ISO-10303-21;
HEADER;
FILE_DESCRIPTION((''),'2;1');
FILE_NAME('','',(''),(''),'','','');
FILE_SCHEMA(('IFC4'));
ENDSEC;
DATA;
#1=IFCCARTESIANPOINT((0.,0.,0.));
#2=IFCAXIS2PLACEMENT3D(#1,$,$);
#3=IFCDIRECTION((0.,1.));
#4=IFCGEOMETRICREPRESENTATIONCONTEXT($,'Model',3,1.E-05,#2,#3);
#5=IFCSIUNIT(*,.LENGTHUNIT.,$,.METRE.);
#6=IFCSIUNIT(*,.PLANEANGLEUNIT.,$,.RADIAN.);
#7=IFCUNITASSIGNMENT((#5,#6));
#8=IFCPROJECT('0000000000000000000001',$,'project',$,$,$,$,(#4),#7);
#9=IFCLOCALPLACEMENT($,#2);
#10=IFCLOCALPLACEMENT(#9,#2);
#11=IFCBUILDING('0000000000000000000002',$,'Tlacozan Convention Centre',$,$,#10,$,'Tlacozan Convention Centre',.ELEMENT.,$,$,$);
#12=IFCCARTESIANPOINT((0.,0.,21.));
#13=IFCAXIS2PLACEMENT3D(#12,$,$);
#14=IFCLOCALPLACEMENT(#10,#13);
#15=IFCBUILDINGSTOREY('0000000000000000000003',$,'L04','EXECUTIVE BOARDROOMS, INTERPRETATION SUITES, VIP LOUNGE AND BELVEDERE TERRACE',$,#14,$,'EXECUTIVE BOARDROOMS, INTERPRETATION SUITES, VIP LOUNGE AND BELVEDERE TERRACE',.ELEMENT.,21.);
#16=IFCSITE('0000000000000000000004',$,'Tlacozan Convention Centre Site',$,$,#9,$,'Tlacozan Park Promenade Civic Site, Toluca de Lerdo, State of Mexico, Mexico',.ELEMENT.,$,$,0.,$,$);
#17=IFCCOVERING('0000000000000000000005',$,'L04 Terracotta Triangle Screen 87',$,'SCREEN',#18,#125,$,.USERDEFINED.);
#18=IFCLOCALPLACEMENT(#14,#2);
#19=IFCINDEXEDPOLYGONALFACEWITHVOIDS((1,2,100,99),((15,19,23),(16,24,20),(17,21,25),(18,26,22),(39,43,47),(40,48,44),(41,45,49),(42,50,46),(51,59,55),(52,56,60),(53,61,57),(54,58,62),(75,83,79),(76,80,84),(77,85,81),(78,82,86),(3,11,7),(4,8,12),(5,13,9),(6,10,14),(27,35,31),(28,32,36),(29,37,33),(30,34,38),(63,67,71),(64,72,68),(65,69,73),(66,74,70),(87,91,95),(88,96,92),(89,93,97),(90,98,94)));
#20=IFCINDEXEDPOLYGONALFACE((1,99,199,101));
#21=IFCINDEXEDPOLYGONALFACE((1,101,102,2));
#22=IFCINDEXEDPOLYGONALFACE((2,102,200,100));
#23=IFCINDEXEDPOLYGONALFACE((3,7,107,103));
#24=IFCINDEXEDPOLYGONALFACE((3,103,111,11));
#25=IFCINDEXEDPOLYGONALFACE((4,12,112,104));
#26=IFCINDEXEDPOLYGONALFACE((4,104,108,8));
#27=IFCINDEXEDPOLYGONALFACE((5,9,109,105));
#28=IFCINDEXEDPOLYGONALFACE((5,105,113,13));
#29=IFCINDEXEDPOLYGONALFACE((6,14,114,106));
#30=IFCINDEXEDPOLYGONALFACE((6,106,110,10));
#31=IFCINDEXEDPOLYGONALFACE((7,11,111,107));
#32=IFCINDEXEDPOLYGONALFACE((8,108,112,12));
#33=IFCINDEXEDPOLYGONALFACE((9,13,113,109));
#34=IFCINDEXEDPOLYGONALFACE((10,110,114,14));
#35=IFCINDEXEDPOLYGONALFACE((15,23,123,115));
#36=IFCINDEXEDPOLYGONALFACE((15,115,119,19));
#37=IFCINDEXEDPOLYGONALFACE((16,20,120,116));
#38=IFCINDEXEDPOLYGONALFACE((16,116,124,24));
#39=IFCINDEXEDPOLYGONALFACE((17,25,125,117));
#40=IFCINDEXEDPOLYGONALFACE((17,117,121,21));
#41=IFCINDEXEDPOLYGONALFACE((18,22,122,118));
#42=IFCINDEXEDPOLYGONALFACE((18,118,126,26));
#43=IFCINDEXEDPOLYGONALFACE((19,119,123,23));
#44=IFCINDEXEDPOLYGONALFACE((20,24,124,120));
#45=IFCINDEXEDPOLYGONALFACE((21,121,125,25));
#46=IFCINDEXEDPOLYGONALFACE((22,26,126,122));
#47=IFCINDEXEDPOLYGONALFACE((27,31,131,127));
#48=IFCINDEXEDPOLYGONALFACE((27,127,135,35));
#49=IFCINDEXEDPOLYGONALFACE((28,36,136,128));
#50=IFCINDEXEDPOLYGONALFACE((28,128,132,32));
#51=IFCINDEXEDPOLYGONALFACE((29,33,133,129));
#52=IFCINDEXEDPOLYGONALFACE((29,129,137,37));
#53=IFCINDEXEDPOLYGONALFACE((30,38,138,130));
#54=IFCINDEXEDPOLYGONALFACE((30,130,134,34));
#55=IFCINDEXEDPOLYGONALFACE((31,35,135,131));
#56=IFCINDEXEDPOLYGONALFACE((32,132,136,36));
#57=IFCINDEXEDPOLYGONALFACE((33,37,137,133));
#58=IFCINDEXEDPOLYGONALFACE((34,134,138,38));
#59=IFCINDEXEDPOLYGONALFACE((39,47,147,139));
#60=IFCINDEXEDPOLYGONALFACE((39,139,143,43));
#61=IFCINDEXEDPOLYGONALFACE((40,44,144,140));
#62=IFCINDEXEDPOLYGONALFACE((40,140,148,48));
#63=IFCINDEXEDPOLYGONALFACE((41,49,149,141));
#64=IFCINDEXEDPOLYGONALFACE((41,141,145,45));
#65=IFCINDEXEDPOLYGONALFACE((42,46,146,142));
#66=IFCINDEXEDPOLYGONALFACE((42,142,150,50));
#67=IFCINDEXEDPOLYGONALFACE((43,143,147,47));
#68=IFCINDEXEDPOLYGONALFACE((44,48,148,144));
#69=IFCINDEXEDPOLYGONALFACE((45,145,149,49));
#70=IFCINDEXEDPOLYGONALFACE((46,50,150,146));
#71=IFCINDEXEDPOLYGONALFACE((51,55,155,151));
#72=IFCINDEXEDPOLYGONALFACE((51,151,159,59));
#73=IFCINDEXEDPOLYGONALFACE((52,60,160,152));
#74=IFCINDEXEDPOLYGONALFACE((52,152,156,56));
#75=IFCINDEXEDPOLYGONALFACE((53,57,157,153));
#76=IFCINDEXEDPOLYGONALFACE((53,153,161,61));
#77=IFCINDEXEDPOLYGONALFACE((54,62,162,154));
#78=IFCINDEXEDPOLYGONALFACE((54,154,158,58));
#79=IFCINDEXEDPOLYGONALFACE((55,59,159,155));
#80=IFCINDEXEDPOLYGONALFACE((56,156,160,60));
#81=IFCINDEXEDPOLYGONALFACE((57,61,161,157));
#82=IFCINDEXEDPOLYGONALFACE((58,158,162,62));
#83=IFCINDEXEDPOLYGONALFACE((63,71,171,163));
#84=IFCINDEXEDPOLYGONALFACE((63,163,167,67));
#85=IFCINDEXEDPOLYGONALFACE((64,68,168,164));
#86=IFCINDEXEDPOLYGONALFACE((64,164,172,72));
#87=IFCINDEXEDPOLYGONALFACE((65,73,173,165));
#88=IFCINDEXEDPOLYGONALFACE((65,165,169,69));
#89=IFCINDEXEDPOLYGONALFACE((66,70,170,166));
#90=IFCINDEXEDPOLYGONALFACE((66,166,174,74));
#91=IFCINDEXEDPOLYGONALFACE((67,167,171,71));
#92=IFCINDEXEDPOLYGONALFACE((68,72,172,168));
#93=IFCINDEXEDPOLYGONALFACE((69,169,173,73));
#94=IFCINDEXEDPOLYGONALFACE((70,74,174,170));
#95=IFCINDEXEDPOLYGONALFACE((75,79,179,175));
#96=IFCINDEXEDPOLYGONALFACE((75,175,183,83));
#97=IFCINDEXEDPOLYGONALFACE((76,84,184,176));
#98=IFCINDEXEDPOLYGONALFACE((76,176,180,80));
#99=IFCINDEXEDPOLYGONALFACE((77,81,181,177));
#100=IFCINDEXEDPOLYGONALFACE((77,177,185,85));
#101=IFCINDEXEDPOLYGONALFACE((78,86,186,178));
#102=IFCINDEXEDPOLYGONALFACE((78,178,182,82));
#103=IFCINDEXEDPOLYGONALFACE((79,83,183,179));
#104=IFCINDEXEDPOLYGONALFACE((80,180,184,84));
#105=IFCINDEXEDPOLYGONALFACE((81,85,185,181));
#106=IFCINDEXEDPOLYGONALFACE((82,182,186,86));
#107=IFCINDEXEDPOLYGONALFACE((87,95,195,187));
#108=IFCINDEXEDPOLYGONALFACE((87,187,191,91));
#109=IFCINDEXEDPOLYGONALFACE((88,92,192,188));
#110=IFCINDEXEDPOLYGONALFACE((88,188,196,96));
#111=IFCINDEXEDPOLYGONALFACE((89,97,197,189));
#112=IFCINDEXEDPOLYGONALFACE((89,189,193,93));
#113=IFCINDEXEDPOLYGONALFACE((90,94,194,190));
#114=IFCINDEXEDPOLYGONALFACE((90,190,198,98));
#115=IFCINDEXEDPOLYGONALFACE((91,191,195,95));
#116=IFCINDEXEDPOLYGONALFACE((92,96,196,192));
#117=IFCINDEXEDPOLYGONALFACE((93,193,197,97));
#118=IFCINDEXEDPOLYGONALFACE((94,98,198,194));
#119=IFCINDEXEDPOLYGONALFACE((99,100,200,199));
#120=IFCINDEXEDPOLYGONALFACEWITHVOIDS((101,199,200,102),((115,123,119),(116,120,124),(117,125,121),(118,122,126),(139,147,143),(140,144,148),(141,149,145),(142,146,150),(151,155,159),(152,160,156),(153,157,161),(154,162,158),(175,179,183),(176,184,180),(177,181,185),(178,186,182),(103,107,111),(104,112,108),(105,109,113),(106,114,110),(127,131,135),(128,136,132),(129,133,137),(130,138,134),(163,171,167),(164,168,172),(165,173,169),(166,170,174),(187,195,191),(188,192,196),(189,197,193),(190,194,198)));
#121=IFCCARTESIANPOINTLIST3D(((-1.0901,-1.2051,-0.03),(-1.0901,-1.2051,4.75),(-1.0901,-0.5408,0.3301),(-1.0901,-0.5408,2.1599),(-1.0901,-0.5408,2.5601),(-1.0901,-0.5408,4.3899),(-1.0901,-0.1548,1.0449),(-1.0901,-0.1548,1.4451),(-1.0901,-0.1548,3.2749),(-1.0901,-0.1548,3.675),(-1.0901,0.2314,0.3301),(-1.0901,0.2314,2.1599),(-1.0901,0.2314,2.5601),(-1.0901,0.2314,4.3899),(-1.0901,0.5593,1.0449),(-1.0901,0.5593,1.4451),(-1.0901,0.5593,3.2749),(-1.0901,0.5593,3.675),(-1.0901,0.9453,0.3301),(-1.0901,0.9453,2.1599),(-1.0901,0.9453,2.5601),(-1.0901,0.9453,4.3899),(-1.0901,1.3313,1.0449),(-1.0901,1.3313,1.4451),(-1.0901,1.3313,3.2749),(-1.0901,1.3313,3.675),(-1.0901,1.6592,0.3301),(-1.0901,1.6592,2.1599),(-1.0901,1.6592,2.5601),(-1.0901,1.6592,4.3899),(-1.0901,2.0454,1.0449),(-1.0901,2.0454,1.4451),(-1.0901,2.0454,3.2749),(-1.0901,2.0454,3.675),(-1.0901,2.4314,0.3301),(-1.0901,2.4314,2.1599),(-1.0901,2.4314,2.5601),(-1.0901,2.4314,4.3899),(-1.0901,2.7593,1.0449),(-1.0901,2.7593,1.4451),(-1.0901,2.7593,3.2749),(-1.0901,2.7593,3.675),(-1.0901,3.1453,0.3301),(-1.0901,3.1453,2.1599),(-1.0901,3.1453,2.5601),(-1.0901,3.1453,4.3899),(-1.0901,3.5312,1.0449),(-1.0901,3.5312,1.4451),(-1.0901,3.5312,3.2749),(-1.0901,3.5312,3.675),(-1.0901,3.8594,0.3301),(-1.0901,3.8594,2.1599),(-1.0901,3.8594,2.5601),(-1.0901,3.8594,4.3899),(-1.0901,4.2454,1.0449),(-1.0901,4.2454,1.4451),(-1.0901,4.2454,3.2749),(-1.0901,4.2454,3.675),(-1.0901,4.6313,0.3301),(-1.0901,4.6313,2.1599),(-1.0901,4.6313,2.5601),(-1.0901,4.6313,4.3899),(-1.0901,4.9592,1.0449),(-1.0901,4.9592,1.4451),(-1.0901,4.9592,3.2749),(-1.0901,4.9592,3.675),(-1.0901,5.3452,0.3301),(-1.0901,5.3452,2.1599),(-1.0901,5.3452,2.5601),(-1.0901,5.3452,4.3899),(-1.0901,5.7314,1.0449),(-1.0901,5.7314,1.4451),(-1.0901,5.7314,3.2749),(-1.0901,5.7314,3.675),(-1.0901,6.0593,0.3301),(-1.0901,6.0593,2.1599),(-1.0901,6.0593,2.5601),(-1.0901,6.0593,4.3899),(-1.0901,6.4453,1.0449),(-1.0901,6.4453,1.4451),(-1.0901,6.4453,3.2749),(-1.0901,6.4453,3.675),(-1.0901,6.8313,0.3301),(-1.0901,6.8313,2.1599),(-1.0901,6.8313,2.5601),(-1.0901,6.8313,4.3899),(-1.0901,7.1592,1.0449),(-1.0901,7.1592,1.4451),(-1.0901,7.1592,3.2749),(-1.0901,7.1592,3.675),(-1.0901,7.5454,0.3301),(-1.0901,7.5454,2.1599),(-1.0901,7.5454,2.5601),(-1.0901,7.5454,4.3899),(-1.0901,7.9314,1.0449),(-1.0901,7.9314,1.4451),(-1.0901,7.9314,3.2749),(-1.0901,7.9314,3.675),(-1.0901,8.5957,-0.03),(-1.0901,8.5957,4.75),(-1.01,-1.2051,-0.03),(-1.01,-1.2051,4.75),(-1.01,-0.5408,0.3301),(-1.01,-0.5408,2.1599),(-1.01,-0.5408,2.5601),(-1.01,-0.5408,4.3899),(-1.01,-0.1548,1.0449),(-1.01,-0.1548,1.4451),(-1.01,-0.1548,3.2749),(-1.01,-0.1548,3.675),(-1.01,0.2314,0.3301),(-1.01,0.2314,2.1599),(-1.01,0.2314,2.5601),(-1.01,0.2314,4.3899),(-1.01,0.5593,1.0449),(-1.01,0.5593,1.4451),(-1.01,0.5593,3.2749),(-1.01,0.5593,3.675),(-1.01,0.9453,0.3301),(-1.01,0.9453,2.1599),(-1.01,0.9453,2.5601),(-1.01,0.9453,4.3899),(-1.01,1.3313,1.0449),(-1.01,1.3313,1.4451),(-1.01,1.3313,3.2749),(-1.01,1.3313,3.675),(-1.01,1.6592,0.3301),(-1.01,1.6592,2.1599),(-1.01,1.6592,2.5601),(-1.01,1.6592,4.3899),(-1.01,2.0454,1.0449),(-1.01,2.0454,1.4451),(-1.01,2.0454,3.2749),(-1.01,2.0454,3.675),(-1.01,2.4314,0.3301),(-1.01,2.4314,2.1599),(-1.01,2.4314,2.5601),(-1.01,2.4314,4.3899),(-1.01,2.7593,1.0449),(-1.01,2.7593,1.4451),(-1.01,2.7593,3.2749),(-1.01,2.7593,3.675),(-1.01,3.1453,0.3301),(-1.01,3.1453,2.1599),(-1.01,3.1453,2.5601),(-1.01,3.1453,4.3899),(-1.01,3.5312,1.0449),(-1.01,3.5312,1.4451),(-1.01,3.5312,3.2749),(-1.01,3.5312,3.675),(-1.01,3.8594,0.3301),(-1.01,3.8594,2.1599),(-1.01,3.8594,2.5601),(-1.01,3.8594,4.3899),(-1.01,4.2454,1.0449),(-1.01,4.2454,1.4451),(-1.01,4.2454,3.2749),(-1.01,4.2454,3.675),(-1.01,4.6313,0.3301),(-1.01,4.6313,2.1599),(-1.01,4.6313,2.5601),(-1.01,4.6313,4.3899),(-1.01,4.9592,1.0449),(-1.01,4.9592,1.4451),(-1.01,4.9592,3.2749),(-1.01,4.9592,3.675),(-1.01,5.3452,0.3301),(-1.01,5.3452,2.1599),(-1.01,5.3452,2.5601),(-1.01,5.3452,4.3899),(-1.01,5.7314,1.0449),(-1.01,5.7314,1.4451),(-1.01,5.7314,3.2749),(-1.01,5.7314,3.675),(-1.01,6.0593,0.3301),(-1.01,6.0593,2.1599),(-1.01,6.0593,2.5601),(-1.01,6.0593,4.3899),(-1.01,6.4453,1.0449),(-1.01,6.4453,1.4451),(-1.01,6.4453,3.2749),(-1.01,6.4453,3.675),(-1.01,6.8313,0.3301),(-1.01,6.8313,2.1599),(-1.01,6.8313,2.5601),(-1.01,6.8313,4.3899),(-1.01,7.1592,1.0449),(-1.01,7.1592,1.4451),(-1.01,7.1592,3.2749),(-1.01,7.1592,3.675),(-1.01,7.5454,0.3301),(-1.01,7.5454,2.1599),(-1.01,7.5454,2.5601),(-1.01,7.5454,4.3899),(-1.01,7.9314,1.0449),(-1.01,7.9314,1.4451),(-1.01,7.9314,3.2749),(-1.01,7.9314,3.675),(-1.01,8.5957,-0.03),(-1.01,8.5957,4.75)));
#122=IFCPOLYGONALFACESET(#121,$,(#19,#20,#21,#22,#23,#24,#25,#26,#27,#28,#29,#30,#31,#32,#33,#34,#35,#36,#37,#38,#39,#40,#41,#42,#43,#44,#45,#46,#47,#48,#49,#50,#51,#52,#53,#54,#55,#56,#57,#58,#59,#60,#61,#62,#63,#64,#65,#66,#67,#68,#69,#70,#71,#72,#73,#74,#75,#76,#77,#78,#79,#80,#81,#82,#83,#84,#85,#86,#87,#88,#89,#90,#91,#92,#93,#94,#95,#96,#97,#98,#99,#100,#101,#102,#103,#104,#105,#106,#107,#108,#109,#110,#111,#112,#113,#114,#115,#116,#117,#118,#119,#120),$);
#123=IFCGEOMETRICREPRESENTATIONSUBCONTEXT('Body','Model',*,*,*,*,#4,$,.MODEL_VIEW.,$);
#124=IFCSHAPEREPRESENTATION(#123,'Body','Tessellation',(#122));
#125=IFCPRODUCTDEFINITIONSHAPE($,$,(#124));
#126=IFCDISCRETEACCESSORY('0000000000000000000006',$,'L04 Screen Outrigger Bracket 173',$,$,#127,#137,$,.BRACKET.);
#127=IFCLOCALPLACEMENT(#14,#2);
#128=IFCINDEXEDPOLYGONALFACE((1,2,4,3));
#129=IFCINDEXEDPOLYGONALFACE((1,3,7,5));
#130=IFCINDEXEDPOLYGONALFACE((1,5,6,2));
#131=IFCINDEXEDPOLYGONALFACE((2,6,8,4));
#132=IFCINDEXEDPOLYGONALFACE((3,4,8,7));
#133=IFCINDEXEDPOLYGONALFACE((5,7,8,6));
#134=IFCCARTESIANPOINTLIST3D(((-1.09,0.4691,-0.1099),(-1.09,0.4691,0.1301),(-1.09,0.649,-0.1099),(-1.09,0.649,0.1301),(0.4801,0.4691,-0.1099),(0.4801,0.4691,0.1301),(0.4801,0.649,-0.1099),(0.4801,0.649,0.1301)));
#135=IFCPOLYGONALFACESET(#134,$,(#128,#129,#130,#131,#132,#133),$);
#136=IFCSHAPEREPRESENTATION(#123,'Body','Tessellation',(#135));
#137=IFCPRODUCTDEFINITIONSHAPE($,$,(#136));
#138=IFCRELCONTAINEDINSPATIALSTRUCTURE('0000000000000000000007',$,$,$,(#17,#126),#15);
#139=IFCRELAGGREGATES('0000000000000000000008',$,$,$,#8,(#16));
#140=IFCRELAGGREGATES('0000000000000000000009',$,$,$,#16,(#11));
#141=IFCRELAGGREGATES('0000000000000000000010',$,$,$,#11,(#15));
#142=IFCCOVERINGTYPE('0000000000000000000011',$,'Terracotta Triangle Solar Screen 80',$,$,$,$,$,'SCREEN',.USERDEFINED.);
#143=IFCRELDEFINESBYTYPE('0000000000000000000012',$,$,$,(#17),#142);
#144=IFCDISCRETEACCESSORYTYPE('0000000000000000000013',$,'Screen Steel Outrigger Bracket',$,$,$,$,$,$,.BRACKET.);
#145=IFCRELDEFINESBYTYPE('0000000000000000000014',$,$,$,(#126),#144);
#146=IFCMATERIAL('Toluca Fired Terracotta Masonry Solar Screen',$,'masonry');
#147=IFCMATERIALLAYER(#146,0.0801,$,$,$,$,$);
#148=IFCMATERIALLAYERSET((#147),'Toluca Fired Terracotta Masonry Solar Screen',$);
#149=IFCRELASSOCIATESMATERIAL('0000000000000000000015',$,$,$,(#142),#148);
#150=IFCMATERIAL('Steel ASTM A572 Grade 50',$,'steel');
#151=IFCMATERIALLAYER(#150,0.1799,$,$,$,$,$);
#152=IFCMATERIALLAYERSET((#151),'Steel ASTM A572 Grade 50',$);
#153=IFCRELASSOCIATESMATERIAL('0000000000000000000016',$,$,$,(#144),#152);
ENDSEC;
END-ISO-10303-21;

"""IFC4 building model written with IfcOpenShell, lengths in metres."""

from ifc_helpers import new_model, si_unit, direction, frame, origin, origin_2d, place, context, subcontext, project, spatial, polyline, rectangle, outline, extrude, material, layer, layer_set, type_object, element, save


model = new_model("IFC4")

# Units and contexts
model_context = context("Model", 3, precision=1e-05, world=origin(), true_north=direction((0.0, 1.0)))
body_context = subcontext(model_context, "Body", "Model", "MODEL_VIEW")
ifc_project = project(units=[si_unit("LENGTHUNIT", "METRE"), si_unit("PLANEANGLEUNIT", "RADIAN")], contexts=[model_context])

# Site, building, storey
site_placement = place(None, origin())
site = spatial("IfcSite", under=ifc_project, at=site_placement, Name="Tlacozan Convention Centre Site", LongName="Tlacozan Park Promenade Civic Site, Toluca de Lerdo, State of Mexico, Mexico", CompositionType="ELEMENT", RefElevation=0.0)
building_placement = place(site_placement, origin())
building = spatial("IfcBuilding", under=site, at=building_placement, Name="Tlacozan Convention Centre", LongName="Tlacozan Convention Centre", CompositionType="ELEMENT")
storey_placement = place(building_placement, frame((0.0, 0.0, 21.0)))
storey = spatial("IfcBuildingStorey", under=building, at=storey_placement, Name="L04", Description="EXECUTIVE BOARDROOMS, INTERPRETATION SUITES, VIP LOUNGE AND BELVEDERE TERRACE", LongName="EXECUTIVE BOARDROOMS, INTERPRETATION SUITES, VIP LOUNGE AND BELVEDERE TERRACE", CompositionType="ELEMENT", Elevation=21.0)

# Covering
ifc_material_1 = material(Name="Toluca Fired Terracotta Masonry Solar Screen", Category="masonry")
ifc_layer_1 = layer(ifc_material_1, 0.0801)
ifc_layer_set_1 = layer_set([ifc_layer_1], Name="Toluca Fired Terracotta Masonry Solar Screen")
covering_type_1 = type_object("IfcCoveringType", Name="Terracotta Triangle Solar Screen 80", ElementType="SCREEN", PredefinedType="USERDEFINED", material=ifc_layer_set_1)
covering_1_placement = place(storey_placement, frame((-1.05, -1.2051, -0.03), z_axis=(0.0, 0.0, 1.0), x_axis=(0.0, 1.0, 0.0)))
element("IfcCovering", 1, at=covering_1_placement, inside=storey, type_object=covering_type_1, Name="L04 Terracotta Triangle Screen 87", ObjectType="SCREEN", PredefinedType="USERDEFINED", context=body_context, shape_type="SweptSolid", body=[
    extrude(outline(polyline([(0.0, 0.0), (9.8008, 0.0), (9.8008, 4.78), (0.0, 4.78), (0.0, 0.0)]), holes=[polyline([(0.6643, 0.3601), (1.4365, 0.3601), (1.0503, 1.075), (0.6643, 0.3601)]), polyline([(1.7644, 1.075), (2.5364, 1.075), (2.1504, 0.3601), (1.7644, 1.075)]), polyline([(2.8643, 0.3601), (3.6365, 0.3601), (3.2505, 1.075), (2.8643, 0.3601)]), polyline([(3.9644, 1.075), (4.7363, 1.075), (4.3503, 0.3601), (3.9644, 1.075)]), polyline([(5.0645, 0.3601), (5.8364, 0.3601), (5.4504, 1.075), (5.0645, 0.3601)]), polyline([(6.1643, 1.075), (6.9365, 1.075), (6.5503, 0.3601), (6.1643, 1.075)]), polyline([(7.2644, 0.3601), (8.0364, 0.3601), (7.6504, 1.075), (7.2644, 0.3601)]), polyline([(8.3643, 1.075), (9.1365, 1.075), (8.7505, 0.3601), (8.3643, 1.075)]), polyline([(0.6643, 2.1899), (1.4365, 2.1899), (1.0503, 1.4751), (0.6643, 2.1899)]), polyline([(1.7644, 1.4751), (2.5364, 1.4751), (2.1504, 2.1899), (1.7644, 1.4751)]), polyline([(2.8643, 2.1899), (3.6365, 2.1899), (3.2505, 1.4751), (2.8643, 2.1899)]), polyline([(3.9644, 1.4751), (4.7363, 1.4751), (4.3503, 2.1899), (3.9644, 1.4751)]), polyline([(5.0645, 2.1899), (5.8364, 2.1899), (5.4504, 1.4751), (5.0645, 2.1899)]), polyline([(6.1643, 1.4751), (6.9365, 1.4751), (6.5503, 2.1899), (6.1643, 1.4751)]), polyline([(7.2644, 2.1899), (8.0364, 2.1899), (7.6504, 1.4751), (7.2644, 2.1899)]), polyline([(8.3643, 1.4751), (9.1365, 1.4751), (8.7505, 2.1899), (8.3643, 1.4751)]), polyline([(0.6643, 2.5901), (1.4365, 2.5901), (1.0503, 3.3049), (0.6643, 2.5901)]), polyline([(1.7644, 3.3049), (2.5364, 3.3049), (2.1504, 2.5901), (1.7644, 3.3049)]), polyline([(2.8643, 2.5901), (3.6365, 2.5901), (3.2505, 3.3049), (2.8643, 2.5901)]), polyline([(3.9644, 3.3049), (4.7363, 3.3049), (4.3503, 2.5901), (3.9644, 3.3049)]), polyline([(5.0645, 2.5901), (5.8364, 2.5901), (5.4504, 3.3049), (5.0645, 2.5901)]), polyline([(6.1643, 3.3049), (6.9365, 3.3049), (6.5503, 2.5901), (6.1643, 3.3049)]), polyline([(7.2644, 2.5901), (8.0364, 2.5901), (7.6504, 3.3049), (7.2644, 2.5901)]), polyline([(8.3643, 3.3049), (9.1365, 3.3049), (8.7505, 2.5901), (8.3643, 3.3049)]), polyline([(0.6643, 4.4199), (1.4365, 4.4199), (1.0503, 3.7051), (0.6643, 4.4199)]), polyline([(1.7644, 3.7051), (2.5364, 3.7051), (2.1504, 4.4199), (1.7644, 3.7051)]), polyline([(2.8643, 4.4199), (3.6365, 4.4199), (3.2505, 3.7051), (2.8643, 4.4199)]), polyline([(3.9644, 3.7051), (4.7363, 3.7051), (4.3503, 4.4199), (3.9644, 3.7051)]), polyline([(5.0645, 4.4199), (5.8364, 4.4199), (5.4504, 3.7051), (5.0645, 4.4199)]), polyline([(6.1643, 3.7051), (6.9365, 3.7051), (6.5503, 4.4199), (6.1643, 3.7051)]), polyline([(7.2644, 4.4199), (8.0364, 4.4199), (7.6504, 3.7051), (7.2644, 4.4199)]), polyline([(8.3643, 3.7051), (9.1365, 3.7051), (8.7505, 4.4199), (8.3643, 3.7051)])]), frame((0.0, 0.04, 0.0), z_axis=(0.0, -1.0, 0.0), x_axis=(1.0, 0.0, 0.0)), (0.0, 0.0, 1.0), 0.0801),
])

# Discrete accessory
ifc_material_2 = material(Name="Steel ASTM A572 Grade 50", Category="steel")
ifc_layer_2 = layer(ifc_material_2, 0.1799)
ifc_layer_set_2 = layer_set([ifc_layer_2], Name="Steel ASTM A572 Grade 50")
discrete_accessory_type = type_object("IfcDiscreteAccessoryType", Name="Screen Steel Outrigger Bracket", PredefinedType="BRACKET", material=ifc_layer_set_2)
discrete_accessory_placement = place(storey_placement, frame((-0.3049, 0.5591, -0.1099), z_axis=(0.0, 0.0, 1.0), x_axis=(1.0, 0.0, 0.0)))
element("IfcDiscreteAccessory", 2, at=discrete_accessory_placement, inside=storey, type_object=discrete_accessory_type, Name="L04 Screen Outrigger Bracket 173", PredefinedType="BRACKET", context=body_context, shape_type="SweptSolid", body=[
    extrude(rectangle(XDim=1.5701, YDim=0.1799, at=origin_2d()), origin(), (0.0, 0.0, 1.0), 0.24),
])

save(model, "model.ifc")
